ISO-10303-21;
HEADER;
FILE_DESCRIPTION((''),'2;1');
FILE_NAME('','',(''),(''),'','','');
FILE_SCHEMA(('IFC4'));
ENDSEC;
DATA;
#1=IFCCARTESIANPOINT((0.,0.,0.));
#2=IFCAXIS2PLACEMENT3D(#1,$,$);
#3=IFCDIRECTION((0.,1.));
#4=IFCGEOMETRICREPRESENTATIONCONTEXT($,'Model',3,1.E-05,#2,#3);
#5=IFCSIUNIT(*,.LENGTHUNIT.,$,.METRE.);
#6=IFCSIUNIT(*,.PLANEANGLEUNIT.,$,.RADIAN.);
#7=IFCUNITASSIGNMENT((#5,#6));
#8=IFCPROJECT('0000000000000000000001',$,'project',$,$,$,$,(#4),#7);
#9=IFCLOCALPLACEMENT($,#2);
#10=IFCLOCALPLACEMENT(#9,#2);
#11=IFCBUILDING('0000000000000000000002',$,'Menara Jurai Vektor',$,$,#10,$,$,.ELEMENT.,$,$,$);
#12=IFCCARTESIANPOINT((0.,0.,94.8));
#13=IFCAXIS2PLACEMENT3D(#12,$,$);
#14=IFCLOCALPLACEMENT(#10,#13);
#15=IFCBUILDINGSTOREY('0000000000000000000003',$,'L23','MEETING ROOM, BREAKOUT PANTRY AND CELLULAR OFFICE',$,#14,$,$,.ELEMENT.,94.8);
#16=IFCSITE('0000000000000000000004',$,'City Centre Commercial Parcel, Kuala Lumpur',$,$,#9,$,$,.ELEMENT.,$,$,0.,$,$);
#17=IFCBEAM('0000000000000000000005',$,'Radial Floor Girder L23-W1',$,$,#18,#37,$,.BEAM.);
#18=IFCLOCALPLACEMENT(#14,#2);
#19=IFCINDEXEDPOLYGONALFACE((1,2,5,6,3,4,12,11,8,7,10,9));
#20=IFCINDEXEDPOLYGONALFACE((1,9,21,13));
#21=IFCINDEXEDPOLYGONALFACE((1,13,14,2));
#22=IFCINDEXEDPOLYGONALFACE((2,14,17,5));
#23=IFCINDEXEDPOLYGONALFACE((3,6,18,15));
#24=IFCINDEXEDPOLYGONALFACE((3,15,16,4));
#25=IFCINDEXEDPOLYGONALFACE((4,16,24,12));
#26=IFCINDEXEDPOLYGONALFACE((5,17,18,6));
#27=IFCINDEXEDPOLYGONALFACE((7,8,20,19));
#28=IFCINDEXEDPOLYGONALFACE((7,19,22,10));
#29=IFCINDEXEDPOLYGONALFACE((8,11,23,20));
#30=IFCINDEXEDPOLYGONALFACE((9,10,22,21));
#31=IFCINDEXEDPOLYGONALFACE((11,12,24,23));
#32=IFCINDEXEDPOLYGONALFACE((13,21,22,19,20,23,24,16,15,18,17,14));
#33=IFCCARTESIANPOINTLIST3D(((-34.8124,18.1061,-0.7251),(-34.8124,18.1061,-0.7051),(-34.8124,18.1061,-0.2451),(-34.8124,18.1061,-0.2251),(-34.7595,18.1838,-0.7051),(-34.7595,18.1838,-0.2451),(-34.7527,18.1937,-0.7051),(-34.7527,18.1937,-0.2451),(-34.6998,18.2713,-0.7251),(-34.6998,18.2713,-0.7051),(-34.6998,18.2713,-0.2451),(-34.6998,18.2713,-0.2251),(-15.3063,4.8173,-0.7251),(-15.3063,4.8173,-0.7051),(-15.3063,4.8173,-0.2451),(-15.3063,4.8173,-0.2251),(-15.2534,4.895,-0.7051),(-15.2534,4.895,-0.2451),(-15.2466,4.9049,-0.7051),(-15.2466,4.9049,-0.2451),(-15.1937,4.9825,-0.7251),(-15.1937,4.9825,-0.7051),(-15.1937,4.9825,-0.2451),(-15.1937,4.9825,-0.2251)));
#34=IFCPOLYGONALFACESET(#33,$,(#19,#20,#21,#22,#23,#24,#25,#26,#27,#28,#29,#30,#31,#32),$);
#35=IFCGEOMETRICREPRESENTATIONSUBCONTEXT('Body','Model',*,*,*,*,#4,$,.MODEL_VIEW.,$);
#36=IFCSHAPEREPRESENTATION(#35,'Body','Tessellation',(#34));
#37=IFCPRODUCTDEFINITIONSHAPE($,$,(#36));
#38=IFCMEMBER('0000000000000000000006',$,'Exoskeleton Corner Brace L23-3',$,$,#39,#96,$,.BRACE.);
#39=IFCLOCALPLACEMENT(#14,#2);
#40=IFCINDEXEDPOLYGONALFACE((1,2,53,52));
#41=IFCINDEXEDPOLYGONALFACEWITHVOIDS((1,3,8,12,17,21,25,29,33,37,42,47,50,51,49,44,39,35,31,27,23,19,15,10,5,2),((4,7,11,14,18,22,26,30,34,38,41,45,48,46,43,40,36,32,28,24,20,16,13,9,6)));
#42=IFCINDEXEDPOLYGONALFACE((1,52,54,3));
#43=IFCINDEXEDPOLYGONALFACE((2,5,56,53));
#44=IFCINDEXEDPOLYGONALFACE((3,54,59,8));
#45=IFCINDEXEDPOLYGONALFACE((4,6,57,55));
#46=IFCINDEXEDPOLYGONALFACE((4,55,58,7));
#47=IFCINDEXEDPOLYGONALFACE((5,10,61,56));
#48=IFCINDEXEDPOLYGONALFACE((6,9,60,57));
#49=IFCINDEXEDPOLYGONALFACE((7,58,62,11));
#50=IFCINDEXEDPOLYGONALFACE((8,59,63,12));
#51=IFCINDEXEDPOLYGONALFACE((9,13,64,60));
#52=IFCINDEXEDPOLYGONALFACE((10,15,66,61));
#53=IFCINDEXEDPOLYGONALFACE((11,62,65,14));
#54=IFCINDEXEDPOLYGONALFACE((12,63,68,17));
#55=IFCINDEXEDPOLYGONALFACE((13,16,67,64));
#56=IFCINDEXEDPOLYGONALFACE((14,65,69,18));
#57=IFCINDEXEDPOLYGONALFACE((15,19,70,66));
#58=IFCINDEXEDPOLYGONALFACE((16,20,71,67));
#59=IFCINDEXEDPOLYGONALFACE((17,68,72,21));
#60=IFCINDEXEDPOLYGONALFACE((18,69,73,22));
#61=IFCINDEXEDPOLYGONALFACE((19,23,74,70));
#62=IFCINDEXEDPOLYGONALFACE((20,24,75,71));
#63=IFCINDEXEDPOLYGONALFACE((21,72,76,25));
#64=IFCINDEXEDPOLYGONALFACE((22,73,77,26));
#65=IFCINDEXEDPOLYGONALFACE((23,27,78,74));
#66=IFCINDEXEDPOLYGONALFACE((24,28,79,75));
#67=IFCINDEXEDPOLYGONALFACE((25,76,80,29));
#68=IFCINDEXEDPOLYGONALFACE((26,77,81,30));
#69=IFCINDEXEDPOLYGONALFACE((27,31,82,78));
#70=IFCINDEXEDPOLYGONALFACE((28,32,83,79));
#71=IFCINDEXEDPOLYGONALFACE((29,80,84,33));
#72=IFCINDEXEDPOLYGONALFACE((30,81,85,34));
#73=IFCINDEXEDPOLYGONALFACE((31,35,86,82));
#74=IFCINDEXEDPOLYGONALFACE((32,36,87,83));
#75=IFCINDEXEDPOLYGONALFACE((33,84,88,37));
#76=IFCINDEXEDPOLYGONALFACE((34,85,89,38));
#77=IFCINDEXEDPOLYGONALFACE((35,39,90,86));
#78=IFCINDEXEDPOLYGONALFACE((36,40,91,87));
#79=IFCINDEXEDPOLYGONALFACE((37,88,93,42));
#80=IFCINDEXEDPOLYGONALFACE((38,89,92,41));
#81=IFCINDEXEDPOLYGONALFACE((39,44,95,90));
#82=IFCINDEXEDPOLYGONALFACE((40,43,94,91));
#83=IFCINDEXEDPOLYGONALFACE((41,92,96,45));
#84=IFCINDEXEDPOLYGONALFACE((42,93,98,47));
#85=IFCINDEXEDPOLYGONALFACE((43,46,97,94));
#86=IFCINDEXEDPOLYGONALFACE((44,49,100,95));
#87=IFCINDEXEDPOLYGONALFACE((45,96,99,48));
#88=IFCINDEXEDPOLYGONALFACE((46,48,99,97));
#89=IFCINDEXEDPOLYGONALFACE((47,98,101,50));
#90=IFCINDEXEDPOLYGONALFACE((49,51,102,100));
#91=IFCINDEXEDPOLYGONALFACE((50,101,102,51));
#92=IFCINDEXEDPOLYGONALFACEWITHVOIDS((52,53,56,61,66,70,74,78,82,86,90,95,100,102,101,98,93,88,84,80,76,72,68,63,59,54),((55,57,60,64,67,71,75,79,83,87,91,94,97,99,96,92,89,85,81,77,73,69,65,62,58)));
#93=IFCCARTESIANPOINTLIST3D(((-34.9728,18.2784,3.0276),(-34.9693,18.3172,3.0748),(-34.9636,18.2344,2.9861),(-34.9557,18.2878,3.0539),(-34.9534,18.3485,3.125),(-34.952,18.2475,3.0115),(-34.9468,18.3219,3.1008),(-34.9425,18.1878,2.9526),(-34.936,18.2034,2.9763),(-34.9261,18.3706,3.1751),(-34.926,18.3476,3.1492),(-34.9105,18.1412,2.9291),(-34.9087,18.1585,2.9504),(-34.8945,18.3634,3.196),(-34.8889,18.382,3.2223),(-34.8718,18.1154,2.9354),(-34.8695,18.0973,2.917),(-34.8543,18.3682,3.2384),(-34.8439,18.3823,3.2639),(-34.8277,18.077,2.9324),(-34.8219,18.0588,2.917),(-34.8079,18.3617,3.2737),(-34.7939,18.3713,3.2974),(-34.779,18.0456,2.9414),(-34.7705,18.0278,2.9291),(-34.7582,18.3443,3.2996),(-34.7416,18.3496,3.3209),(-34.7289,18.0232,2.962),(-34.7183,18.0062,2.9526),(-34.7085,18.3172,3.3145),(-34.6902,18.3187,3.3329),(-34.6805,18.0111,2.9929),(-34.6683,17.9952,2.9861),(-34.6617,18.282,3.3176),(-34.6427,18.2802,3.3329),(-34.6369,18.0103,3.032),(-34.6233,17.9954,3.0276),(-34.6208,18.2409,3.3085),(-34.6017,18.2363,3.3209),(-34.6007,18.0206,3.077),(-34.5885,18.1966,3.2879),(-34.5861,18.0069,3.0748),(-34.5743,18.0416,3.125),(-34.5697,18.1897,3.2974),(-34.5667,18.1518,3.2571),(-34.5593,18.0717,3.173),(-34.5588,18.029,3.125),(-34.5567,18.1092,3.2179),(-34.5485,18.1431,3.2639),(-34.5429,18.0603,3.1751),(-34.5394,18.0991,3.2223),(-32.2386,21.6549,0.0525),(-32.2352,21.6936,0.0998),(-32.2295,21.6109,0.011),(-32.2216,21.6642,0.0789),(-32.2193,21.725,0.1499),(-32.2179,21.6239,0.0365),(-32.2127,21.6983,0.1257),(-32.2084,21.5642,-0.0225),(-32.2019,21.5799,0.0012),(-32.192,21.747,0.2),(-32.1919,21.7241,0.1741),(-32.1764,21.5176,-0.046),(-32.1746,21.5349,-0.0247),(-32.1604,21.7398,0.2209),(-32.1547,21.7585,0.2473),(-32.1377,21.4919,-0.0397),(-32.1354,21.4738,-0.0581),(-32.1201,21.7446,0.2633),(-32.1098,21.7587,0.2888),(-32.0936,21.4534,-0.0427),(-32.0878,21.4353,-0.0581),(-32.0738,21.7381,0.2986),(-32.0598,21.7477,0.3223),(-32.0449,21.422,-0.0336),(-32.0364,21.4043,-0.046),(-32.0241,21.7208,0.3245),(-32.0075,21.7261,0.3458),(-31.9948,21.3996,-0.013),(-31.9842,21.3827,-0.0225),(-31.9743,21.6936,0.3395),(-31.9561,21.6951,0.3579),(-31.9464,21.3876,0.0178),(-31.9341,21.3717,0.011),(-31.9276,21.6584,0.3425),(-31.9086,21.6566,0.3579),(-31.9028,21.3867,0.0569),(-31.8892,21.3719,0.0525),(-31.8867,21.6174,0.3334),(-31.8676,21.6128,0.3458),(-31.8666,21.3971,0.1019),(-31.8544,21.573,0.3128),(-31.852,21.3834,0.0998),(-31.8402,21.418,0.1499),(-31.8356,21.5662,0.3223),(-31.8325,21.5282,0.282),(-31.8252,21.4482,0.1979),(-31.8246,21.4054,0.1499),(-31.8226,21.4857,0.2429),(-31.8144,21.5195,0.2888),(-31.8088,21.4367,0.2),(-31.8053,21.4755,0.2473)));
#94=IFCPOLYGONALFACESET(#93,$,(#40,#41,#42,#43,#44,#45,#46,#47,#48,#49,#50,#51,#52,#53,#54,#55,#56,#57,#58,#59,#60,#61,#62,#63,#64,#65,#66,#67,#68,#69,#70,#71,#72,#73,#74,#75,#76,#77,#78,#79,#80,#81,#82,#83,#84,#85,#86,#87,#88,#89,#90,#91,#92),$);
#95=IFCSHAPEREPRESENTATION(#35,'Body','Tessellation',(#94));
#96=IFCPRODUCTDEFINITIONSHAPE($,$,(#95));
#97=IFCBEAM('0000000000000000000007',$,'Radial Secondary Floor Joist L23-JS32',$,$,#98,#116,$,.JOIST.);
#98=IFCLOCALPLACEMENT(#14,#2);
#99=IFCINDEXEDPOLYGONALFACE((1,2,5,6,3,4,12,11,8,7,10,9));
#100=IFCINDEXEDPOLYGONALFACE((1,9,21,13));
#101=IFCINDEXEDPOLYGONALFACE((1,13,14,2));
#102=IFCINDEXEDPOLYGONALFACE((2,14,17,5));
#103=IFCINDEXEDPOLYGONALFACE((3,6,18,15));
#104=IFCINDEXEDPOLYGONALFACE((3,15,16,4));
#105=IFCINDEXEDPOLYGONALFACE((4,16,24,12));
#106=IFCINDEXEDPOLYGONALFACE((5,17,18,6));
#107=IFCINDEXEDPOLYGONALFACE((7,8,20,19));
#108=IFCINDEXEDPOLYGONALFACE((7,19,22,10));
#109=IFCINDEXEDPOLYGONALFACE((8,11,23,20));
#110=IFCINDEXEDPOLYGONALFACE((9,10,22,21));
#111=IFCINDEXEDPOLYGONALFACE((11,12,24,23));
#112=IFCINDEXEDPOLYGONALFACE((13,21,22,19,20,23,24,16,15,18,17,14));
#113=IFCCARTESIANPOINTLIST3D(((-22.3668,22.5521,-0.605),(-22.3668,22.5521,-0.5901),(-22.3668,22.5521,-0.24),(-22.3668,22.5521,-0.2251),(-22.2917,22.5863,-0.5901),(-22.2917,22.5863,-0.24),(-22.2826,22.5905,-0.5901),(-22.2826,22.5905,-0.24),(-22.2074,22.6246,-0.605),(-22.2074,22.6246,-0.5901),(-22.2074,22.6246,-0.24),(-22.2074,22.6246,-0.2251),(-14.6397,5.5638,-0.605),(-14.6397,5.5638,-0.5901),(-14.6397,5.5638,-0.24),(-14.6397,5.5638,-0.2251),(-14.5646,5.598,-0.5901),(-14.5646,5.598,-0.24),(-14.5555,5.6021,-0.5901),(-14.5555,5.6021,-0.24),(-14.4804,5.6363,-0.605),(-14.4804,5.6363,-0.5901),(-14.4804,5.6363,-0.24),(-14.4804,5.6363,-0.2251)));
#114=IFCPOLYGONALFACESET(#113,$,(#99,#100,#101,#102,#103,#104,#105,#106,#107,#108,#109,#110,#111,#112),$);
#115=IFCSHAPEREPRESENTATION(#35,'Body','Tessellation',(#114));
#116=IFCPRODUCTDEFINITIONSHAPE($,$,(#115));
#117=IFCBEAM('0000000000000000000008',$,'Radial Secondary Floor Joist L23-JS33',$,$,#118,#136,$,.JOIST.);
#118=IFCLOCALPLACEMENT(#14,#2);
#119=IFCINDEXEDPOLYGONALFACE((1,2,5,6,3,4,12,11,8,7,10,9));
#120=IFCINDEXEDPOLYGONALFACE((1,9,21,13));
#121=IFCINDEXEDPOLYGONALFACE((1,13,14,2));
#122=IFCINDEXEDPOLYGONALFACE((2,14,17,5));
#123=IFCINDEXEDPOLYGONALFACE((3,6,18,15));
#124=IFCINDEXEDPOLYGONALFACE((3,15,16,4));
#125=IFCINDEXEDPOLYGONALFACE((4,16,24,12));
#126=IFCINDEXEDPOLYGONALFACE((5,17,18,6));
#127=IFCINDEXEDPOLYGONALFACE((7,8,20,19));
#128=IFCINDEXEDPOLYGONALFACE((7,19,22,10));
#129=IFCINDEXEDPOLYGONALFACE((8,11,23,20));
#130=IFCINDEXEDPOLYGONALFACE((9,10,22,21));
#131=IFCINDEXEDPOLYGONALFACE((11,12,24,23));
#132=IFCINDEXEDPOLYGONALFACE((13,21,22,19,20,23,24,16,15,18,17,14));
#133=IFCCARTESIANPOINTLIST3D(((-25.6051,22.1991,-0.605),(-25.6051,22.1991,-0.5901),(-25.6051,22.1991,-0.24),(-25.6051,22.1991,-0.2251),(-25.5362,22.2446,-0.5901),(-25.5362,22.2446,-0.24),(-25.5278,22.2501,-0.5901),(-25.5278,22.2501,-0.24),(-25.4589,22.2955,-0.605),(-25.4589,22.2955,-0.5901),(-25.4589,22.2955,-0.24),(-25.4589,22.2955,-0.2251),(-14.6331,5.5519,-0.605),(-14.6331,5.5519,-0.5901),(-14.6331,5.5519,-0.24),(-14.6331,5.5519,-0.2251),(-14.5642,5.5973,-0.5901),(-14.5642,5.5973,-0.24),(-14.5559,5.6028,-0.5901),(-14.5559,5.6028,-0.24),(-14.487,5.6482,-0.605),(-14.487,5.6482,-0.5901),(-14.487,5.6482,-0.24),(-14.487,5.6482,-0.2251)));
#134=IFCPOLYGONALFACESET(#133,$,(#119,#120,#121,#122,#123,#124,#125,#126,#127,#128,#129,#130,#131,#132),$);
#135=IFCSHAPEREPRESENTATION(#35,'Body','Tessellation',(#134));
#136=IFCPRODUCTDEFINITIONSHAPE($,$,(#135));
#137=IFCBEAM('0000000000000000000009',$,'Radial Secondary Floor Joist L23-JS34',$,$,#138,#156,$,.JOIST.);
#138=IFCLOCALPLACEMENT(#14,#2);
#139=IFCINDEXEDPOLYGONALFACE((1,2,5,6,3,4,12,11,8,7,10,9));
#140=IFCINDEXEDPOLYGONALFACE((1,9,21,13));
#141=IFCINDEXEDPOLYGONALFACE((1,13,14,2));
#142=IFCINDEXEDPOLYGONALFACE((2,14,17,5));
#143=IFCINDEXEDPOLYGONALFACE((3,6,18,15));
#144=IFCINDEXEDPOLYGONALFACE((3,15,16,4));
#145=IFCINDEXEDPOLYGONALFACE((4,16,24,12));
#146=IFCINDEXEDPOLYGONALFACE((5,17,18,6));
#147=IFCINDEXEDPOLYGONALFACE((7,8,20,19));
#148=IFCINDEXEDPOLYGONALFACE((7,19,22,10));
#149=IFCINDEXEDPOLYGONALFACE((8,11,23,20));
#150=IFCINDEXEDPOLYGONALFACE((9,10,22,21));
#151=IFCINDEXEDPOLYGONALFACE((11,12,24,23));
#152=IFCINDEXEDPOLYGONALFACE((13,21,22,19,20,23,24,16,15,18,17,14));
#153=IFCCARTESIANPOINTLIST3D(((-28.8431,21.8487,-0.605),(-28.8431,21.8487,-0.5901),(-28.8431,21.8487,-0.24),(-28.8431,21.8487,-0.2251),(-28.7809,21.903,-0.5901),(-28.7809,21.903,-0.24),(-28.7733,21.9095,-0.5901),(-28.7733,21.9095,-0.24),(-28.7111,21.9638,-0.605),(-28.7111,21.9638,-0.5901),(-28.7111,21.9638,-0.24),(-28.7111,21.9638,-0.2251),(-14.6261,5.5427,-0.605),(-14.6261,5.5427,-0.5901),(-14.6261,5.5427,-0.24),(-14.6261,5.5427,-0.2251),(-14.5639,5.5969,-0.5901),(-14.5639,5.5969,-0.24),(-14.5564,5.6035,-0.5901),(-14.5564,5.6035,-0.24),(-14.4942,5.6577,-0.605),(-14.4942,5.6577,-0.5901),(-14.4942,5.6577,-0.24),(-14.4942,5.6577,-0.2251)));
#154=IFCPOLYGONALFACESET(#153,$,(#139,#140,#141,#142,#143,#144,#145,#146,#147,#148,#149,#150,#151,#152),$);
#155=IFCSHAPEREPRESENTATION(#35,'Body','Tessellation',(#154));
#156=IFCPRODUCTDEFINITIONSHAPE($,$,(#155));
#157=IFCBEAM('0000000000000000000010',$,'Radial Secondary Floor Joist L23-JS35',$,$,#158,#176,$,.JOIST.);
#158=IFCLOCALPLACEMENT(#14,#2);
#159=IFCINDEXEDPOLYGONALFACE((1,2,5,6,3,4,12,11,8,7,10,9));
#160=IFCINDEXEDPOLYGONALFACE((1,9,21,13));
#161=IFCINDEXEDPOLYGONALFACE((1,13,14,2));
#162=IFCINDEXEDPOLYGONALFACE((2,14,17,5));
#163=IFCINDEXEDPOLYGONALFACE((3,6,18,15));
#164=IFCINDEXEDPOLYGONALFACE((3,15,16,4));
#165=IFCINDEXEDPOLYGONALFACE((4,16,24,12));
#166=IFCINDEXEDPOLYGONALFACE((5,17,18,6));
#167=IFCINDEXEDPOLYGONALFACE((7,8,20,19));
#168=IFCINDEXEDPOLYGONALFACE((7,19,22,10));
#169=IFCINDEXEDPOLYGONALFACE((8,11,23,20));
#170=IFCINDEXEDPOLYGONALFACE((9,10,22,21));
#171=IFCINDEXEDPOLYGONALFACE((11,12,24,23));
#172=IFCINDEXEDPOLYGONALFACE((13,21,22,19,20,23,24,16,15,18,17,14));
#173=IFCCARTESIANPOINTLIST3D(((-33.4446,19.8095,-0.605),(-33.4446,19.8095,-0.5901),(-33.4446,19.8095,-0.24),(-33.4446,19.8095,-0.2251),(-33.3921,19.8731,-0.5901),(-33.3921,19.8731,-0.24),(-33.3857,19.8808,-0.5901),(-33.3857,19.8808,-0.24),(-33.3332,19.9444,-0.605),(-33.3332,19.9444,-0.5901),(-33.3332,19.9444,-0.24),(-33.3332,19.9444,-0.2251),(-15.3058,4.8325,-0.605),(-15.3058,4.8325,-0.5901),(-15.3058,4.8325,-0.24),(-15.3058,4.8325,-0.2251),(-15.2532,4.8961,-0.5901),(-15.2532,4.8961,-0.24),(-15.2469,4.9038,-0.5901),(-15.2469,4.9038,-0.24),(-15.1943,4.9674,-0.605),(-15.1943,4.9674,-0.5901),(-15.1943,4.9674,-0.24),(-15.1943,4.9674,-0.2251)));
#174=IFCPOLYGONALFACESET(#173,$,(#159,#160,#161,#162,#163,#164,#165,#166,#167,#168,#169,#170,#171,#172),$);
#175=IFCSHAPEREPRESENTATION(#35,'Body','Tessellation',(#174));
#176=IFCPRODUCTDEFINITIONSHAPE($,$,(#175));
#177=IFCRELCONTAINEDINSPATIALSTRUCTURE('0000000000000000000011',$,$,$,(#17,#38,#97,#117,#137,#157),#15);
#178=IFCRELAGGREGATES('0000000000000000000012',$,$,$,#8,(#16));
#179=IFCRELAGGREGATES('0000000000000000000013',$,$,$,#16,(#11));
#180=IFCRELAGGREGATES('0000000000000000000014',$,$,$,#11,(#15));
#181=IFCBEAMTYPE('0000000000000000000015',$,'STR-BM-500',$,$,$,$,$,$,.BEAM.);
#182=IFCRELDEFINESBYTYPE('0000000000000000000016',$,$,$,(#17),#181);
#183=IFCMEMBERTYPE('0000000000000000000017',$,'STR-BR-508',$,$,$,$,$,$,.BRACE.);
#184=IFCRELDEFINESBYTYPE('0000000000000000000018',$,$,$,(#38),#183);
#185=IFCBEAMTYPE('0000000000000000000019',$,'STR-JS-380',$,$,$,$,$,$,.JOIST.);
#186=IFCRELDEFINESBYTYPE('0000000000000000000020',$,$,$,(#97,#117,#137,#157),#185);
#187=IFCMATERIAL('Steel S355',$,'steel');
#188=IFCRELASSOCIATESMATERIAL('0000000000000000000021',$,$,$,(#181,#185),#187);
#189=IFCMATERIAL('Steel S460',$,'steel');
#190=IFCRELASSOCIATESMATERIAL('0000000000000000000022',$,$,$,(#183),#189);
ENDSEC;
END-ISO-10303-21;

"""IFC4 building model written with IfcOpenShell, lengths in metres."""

from ifc_helpers import new_model, si_unit, direction, frame, origin, origin_2d, place, context, subcontext, project, spatial, hollow_circle, i_section, extrude, material, material_profile, profile_set, type_object, element, save


model = new_model("IFC4")

# Units and contexts
model_context = context("Model", 3, precision=1e-05, world=origin(), true_north=direction((0.0, 1.0)))
body_context = subcontext(model_context, "Body", "Model", "MODEL_VIEW")
ifc_project = project(units=[si_unit("LENGTHUNIT", "METRE"), si_unit("PLANEANGLEUNIT", "RADIAN")], contexts=[model_context])

# Site, building, storey
site_placement = place(None, origin())
site = spatial("IfcSite", under=ifc_project, at=site_placement, Name="City Centre Commercial Parcel, Kuala Lumpur", CompositionType="ELEMENT", RefElevation=0.0)
building_placement = place(site_placement, origin())
building = spatial("IfcBuilding", under=site, at=building_placement, Name="Menara Jurai Vektor", CompositionType="ELEMENT")
storey_placement = place(building_placement, frame((0.0, 0.0, 94.8)))
storey = spatial("IfcBuildingStorey", under=building, at=storey_placement, Name="L23", Description="MEETING ROOM, BREAKOUT PANTRY AND CELLULAR OFFICE", CompositionType="ELEMENT", Elevation=94.8)

# Shared definitions
ifc_material_1 = material(Name="Steel S460", Category="steel")

# Beam
ifc_material_2 = material(Name="Steel S355", Category="steel")
ifc_material_profile_1 = material_profile(ifc_material_2, i_section(OverallWidth=0.2, OverallDepth=0.5, WebThickness=0.012, FlangeThickness=0.02, at=origin_2d()), Name="PG 500x200x96")
ifc_profile_set_1 = profile_set([ifc_material_profile_1], Name="Steel S355")
beam_type_1 = type_object("IfcBeamType", Name="STR-BM-500", PredefinedType="BEAM", material=ifc_profile_set_1)
beam_1_placement = place(storey_placement, frame((-34.7561, 18.1887, -0.4751), z_axis=(0.82644, -0.563024, 0.0), x_axis=(0.563024, 0.82644, 0.0)))
element("IfcBeam", 1, at=beam_1_placement, inside=storey, type_object=beam_type_1, Name="Radial Floor Girder L23-W1", PredefinedType="BEAM", context=body_context, shape_type="SweptSolid", body=[
    extrude(i_section(OverallWidth=0.2, OverallDepth=0.5, WebThickness=0.012, FlangeThickness=0.02, at=origin_2d()), origin(), (0.0, 0.0, 1.0), 23.6025),
])

# Member
ifc_material_profile_2 = material_profile(ifc_material_1, hollow_circle(Radius=0.2539, WallThickness=0.02, at=origin_2d()), Name="CHS 508x20")
ifc_profile_set_2 = profile_set([ifc_material_profile_2], Name="Steel S460")
member_type_1 = type_object("IfcMemberType", Name="STR-BR-508", PredefinedType="BRACE", material=ifc_profile_set_2)
member_1_placement = place(storey_placement, frame((-32.022, 21.5652, 0.1499), z_axis=(-0.519238, -0.641223, 0.565), x_axis=(0.777155, -0.62931, 0.0)))
element("IfcMember", 2, at=member_1_placement, inside=storey, type_object=member_type_1, Name="Exoskeleton Corner Brace L23-3", PredefinedType="BRACE", context=body_context, shape_type="SweptSolid", body=[
    extrude(hollow_circle(Radius=0.2539, WallThickness=0.02, at=origin_2d()), origin(), (0.0, 0.0, 1.0), 5.2656),
])

# Beams
ifc_material_profile_3 = material_profile(ifc_material_2, i_section(OverallWidth=0.175, OverallDepth=0.3799, WebThickness=0.01, FlangeThickness=0.0149, at=origin_2d()), Name="PG 380x175x58")
ifc_profile_set_3 = profile_set([ifc_material_profile_3], Name="Steel S355")
beam_type_2 = type_object("IfcBeamType", Name="STR-JS-380", PredefinedType="JOIST", material=ifc_profile_set_3)
beam_2_placement = place(storey_placement, frame((-22.2871, 22.5884, -0.415), z_axis=(0.41403, -0.910263, 0.0), x_axis=(0.910263, 0.41403, 0.0)))
element("IfcBeam", 3, at=beam_2_placement, inside=storey, type_object=beam_type_2, Name="Radial Secondary Floor Joist L23-JS32", PredefinedType="JOIST", context=body_context, shape_type="SweptSolid", body=[
    extrude(i_section(OverallWidth=0.175, OverallDepth=0.3799, WebThickness=0.01, FlangeThickness=0.0149, at=origin_2d()), origin(), (0.0, 0.0, 1.0), 18.6631),
])
beam_3_placement = place(storey_placement, frame((-25.532, 22.2473, -0.415), z_axis=(0.55031, -0.834961, 0.0), x_axis=(0.834961, 0.55031, 0.0)))
element("IfcBeam", 4, at=beam_3_placement, inside=storey, type_object=beam_type_2, Name="Radial Secondary Floor Joist L23-JS33", PredefinedType="JOIST", context=body_context, shape_type="SweptSolid", body=[
    extrude(i_section(OverallWidth=0.175, OverallDepth=0.3799, WebThickness=0.01, FlangeThickness=0.0149, at=origin_2d()), origin(), (0.0, 0.0, 1.0), 19.9377),
])
beam_4_placement = place(storey_placement, frame((-28.7771, 21.9062, -0.415), z_axis=(0.657173, -0.75374, 0.0), x_axis=(0.75374, 0.657173, 0.0)))
element("IfcBeam", 5, at=beam_4_placement, inside=storey, type_object=beam_type_2, Name="Radial Secondary Floor Joist L23-JS34", PredefinedType="JOIST", context=body_context, shape_type="SweptSolid", body=[
    extrude(i_section(OverallWidth=0.175, OverallDepth=0.3799, WebThickness=0.01, FlangeThickness=0.0149, at=origin_2d()), origin(), (0.0, 0.0, 1.0), 21.6335),
])
beam_5_placement = place(storey_placement, frame((-33.3889, 19.877, -0.415), z_axis=(0.771114, -0.636698, 0.0), x_axis=(0.636698, 0.771114, 0.0)))
element("IfcBeam", 6, at=beam_5_placement, inside=storey, type_object=beam_type_2, Name="Radial Secondary Floor Joist L23-JS35", PredefinedType="JOIST", context=body_context, shape_type="SweptSolid", body=[
    extrude(i_section(OverallWidth=0.175, OverallDepth=0.3799, WebThickness=0.01, FlangeThickness=0.0149, at=origin_2d()), origin(), (0.0, 0.0, 1.0), 23.5229),
])

save(model, "model.ifc")
